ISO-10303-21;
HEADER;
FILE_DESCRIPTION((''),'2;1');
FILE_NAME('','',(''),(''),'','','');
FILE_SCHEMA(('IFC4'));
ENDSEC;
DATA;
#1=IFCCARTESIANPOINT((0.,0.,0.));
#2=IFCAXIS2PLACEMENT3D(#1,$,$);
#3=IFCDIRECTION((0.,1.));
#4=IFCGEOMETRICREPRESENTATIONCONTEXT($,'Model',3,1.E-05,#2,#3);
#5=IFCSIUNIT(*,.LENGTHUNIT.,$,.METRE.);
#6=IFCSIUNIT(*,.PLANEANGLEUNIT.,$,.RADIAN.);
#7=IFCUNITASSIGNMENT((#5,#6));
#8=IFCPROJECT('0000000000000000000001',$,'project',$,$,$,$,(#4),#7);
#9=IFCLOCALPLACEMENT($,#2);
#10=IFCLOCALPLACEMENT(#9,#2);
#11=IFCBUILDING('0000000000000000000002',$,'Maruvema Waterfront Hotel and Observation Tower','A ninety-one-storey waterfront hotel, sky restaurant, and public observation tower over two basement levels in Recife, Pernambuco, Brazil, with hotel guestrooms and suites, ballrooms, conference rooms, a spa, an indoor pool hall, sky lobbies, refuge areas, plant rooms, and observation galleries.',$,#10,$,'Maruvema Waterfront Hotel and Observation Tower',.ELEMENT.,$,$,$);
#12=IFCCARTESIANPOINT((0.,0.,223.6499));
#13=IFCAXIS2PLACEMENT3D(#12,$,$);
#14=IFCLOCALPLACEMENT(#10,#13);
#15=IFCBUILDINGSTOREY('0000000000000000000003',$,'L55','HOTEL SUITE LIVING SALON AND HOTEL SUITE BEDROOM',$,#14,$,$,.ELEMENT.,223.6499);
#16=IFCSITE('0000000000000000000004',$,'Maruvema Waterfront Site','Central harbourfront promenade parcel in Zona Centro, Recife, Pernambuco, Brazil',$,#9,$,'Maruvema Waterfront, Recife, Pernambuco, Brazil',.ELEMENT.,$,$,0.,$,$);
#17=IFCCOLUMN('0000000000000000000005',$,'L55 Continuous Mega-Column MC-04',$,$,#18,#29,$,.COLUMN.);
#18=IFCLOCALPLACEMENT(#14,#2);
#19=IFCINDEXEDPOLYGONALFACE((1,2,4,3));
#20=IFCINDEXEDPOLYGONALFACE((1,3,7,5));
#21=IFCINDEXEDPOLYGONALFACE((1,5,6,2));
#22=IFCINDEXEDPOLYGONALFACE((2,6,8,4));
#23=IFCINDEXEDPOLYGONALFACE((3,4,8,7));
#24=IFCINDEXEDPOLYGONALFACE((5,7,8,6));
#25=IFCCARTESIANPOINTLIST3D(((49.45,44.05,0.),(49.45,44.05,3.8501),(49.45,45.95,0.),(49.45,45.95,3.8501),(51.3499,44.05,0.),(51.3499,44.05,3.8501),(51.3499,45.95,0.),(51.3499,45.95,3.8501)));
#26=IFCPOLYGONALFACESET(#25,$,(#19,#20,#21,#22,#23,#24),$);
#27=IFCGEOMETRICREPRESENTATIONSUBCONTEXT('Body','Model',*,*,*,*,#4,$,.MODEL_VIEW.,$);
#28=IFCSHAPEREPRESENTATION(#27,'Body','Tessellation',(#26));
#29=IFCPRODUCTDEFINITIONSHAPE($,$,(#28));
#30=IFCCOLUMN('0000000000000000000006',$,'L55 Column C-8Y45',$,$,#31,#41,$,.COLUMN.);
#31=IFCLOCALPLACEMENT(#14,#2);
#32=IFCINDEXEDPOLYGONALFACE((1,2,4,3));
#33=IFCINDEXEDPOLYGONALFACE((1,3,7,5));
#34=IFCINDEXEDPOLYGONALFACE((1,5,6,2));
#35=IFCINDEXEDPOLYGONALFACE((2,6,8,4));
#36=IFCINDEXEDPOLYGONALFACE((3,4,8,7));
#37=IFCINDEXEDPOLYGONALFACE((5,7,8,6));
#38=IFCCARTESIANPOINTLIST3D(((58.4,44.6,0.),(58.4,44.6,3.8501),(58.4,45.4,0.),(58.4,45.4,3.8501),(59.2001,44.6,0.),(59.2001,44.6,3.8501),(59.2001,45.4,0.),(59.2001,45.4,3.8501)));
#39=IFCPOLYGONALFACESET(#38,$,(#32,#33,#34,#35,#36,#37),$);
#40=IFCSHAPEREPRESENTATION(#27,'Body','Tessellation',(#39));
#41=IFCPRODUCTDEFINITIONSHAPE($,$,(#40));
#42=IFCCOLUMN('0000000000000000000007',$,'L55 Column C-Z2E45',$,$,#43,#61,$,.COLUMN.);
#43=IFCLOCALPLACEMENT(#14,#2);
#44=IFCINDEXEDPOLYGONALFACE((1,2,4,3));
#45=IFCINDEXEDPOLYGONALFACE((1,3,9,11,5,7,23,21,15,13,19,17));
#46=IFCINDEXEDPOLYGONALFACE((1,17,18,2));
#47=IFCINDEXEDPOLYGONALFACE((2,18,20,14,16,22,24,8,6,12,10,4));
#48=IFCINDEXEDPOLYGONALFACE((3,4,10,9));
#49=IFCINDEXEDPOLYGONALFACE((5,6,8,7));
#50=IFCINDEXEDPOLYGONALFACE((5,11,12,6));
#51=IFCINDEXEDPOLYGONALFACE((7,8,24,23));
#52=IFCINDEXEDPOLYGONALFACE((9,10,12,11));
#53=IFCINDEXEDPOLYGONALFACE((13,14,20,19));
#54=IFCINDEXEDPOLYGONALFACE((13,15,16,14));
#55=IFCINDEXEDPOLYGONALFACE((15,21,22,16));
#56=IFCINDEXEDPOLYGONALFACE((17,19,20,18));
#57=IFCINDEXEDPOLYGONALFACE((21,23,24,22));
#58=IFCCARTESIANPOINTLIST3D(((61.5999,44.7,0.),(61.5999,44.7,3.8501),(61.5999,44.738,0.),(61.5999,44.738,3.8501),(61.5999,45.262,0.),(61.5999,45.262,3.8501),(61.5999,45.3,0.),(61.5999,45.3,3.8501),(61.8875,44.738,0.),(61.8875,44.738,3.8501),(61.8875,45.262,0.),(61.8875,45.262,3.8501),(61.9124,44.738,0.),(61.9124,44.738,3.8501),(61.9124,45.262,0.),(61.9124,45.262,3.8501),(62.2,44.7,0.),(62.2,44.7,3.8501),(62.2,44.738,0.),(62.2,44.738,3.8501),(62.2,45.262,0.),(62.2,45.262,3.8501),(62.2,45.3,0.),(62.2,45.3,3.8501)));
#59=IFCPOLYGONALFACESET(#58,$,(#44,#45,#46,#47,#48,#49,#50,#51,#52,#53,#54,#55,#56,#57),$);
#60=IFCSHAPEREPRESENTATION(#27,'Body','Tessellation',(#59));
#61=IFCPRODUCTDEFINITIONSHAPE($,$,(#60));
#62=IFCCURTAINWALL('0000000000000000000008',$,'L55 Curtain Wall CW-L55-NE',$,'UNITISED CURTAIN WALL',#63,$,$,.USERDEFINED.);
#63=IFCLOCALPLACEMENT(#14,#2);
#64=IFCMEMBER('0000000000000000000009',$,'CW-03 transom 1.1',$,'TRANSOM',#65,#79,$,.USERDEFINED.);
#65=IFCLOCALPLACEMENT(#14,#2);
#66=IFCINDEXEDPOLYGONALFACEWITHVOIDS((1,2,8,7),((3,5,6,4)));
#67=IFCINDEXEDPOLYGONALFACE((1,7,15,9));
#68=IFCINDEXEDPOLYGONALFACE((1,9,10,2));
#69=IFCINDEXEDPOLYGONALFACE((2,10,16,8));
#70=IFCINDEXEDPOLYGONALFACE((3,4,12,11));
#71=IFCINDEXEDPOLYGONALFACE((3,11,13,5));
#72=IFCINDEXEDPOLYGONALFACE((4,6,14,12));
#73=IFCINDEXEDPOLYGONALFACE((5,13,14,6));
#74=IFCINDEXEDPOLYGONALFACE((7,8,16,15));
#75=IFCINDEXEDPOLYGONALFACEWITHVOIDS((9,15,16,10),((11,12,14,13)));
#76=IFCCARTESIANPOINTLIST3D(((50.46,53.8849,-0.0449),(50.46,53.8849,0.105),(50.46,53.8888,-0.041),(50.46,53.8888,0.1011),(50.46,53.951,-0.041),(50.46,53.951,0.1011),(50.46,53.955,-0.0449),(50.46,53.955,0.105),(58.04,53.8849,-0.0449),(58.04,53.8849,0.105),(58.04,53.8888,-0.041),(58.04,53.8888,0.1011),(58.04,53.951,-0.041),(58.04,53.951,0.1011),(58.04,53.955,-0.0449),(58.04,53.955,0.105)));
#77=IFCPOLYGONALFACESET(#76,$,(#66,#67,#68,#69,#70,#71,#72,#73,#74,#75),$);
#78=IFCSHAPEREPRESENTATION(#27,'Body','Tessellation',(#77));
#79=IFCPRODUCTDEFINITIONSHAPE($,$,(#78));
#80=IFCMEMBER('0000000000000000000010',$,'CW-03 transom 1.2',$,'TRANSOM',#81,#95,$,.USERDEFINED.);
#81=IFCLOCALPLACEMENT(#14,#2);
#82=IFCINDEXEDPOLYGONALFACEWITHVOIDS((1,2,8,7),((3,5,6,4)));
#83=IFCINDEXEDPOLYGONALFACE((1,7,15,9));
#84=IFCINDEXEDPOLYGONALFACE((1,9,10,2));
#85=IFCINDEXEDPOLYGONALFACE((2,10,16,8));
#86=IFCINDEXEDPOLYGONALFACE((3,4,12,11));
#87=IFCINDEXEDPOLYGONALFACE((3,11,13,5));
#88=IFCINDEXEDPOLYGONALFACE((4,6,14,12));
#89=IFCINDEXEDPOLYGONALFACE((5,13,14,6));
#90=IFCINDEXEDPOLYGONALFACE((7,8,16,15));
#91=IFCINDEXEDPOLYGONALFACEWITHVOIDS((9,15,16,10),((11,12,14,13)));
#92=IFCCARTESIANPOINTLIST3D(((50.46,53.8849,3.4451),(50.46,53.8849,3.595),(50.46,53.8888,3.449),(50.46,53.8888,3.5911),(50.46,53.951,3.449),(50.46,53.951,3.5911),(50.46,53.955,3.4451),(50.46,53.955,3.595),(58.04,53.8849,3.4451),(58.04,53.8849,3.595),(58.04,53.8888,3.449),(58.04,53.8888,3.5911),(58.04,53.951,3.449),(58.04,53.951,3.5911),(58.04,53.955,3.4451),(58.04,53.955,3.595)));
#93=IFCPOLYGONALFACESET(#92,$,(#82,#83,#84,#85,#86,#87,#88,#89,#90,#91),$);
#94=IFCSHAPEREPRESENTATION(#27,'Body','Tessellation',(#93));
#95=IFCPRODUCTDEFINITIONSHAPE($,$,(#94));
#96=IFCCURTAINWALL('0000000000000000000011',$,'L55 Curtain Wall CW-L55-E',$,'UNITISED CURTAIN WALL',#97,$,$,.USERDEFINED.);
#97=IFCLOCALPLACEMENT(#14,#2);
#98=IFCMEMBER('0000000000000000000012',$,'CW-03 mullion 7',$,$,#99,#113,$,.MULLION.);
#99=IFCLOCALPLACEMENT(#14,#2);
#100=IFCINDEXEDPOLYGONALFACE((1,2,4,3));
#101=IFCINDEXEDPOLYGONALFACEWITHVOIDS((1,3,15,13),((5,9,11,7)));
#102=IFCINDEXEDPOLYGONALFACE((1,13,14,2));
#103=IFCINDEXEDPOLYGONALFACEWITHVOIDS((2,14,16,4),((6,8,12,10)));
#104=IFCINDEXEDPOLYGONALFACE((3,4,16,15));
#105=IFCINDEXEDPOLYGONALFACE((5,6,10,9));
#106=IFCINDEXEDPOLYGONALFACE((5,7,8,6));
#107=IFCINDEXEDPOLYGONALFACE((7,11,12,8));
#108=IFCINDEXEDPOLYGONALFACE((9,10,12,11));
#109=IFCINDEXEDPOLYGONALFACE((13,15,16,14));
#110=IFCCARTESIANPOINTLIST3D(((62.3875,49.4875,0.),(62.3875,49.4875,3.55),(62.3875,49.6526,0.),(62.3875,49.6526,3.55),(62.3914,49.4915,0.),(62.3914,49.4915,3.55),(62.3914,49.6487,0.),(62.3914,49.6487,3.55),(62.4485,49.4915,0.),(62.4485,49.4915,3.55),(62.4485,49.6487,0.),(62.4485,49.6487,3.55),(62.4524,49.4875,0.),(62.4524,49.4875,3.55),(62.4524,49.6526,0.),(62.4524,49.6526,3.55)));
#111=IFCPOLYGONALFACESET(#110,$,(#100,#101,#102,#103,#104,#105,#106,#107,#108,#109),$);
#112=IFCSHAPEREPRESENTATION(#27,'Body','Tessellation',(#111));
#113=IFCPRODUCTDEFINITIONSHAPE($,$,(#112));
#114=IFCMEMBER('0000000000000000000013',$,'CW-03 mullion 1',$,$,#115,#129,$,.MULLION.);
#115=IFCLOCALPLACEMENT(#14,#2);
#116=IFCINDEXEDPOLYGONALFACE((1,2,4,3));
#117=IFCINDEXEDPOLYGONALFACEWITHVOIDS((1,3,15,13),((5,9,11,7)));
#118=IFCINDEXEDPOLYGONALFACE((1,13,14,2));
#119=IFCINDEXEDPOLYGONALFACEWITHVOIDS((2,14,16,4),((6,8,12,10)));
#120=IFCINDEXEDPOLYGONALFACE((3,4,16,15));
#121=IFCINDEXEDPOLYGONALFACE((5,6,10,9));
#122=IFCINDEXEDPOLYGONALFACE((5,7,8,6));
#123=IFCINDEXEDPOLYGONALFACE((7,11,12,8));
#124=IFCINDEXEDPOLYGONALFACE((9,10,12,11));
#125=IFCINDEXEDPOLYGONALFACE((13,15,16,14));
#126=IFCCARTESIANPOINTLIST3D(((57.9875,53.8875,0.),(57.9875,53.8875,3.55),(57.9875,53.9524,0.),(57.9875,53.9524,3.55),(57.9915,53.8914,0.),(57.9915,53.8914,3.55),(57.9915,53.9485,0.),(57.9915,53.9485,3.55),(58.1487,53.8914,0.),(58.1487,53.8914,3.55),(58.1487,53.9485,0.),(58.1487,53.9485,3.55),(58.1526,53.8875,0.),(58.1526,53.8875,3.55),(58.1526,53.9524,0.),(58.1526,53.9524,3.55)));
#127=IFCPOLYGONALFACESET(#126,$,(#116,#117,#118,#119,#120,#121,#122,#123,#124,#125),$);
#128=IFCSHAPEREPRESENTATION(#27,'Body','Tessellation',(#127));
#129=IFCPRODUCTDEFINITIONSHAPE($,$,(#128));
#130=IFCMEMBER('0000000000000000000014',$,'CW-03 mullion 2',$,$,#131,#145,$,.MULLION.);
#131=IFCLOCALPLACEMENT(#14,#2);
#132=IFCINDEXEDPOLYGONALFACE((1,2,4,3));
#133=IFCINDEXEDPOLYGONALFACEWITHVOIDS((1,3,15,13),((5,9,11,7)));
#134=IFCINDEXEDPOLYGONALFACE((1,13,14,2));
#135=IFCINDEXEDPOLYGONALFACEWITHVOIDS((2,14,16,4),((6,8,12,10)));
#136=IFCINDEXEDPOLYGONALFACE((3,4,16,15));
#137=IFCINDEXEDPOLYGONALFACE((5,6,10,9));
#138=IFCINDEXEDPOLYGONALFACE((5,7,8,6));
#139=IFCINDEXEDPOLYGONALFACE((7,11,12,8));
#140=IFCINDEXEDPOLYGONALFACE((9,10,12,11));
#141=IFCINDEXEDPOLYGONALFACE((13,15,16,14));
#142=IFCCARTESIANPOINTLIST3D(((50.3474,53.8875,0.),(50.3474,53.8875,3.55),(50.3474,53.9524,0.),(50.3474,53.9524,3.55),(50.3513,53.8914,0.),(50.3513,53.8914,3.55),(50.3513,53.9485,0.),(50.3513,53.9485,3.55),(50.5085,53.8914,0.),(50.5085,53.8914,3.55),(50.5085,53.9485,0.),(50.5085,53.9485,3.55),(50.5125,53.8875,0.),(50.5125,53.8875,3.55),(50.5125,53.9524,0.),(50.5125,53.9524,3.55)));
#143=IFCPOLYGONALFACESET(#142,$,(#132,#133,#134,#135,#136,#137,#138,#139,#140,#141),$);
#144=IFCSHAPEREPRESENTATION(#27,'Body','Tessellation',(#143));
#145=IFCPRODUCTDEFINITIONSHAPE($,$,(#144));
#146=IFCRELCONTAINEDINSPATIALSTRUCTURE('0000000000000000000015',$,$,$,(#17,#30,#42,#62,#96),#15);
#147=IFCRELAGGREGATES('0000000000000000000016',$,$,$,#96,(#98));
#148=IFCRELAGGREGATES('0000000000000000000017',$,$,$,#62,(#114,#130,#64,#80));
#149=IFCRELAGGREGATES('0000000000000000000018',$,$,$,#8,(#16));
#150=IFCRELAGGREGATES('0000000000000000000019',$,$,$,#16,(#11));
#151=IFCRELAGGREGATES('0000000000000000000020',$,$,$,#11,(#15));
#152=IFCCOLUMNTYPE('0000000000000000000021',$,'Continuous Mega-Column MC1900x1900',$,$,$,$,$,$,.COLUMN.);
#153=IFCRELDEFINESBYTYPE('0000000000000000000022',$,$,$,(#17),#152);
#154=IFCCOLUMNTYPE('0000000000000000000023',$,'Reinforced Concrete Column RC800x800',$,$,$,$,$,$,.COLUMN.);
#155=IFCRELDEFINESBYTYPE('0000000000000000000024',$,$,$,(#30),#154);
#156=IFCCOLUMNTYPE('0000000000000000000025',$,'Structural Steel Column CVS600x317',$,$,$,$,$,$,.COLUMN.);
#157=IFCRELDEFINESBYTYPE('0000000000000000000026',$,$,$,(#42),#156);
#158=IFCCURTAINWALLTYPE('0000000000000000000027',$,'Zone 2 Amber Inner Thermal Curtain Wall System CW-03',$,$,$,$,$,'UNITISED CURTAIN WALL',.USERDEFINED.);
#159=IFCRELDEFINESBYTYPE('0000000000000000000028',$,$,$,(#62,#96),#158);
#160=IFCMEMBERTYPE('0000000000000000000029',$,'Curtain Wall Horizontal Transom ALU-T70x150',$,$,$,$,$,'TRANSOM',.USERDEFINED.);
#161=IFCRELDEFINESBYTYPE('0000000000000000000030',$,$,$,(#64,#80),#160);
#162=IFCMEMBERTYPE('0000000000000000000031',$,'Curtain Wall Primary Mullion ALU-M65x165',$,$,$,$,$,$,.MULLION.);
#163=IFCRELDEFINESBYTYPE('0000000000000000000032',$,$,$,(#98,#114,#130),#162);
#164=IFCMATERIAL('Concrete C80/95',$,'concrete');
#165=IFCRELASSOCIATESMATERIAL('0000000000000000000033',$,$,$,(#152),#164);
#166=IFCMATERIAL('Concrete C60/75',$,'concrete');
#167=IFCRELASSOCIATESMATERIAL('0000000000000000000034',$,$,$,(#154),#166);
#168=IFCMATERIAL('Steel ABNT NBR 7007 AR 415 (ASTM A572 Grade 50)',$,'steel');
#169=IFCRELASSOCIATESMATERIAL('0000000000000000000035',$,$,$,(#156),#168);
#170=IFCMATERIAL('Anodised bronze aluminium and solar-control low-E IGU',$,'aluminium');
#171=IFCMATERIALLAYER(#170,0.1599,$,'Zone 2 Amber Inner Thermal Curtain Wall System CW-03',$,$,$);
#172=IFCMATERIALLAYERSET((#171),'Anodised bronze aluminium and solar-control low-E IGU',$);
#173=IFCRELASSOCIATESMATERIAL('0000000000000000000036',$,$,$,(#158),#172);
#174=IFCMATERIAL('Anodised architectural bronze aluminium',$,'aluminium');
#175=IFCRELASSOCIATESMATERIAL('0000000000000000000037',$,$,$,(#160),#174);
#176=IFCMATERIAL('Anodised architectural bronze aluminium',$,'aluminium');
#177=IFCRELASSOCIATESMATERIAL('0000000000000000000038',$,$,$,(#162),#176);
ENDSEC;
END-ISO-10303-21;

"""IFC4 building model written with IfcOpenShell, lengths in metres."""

from ifc_helpers import new_model, si_unit, direction, frame, origin, origin_2d, place, context, subcontext, project, spatial, rectangle, hollow_rectangle, i_section, extrude, material, layer, layer_set, material_profile, profile_set, type_object, element, aggregate, save


model = new_model("IFC4")

# Units and contexts
model_context = context("Model", 3, precision=1e-05, world=origin(), true_north=direction((0.0, 1.0)))
body_context = subcontext(model_context, "Body", "Model", "MODEL_VIEW")
ifc_project = project(units=[si_unit("LENGTHUNIT", "METRE"), si_unit("PLANEANGLEUNIT", "RADIAN")], contexts=[model_context])

# Site, building, storey
site_placement = place(None, origin())
site = spatial("IfcSite", under=ifc_project, at=site_placement, Name="Maruvema Waterfront Site", Description="Central harbourfront promenade parcel in Zona Centro, Recife, Pernambuco, Brazil", LongName="Maruvema Waterfront, Recife, Pernambuco, Brazil", CompositionType="ELEMENT", RefElevation=0.0)
building_placement = place(site_placement, origin())
building = spatial("IfcBuilding", under=site, at=building_placement, Name="Maruvema Waterfront Hotel and Observation Tower", Description="A ninety-one-storey waterfront hotel, sky restaurant, and public observation tower over two basement levels in Recife, Pernambuco, Brazil, with hotel guestrooms and suites, ballrooms, conference rooms, a spa, an indoor pool hall, sky lobbies, refuge areas, plant rooms, and observation galleries.", LongName="Maruvema Waterfront Hotel and Observation Tower", CompositionType="ELEMENT")
storey_placement = place(building_placement, frame((0.0, 0.0, 223.6499)))
storey = spatial("IfcBuildingStorey", under=building, at=storey_placement, Name="L55", Description="HOTEL SUITE LIVING SALON AND HOTEL SUITE BEDROOM", CompositionType="ELEMENT", Elevation=223.6499)

# Columns
ifc_material_1 = material(Name="Concrete C80/95", Category="concrete")
ifc_material_profile_1 = material_profile(ifc_material_1, rectangle(XDim=1.8999, YDim=1.8999, at=origin_2d()), Name="MC1900x1900")
ifc_profile_set_1 = profile_set([ifc_material_profile_1], Name="Concrete C80/95")
column_type_1 = type_object("IfcColumnType", Name="Continuous Mega-Column MC1900x1900", PredefinedType="COLUMN", material=ifc_profile_set_1)
column_1_placement = place(storey_placement, frame((50.3999, 45.0, 0.0), z_axis=(0.0, 0.0, 1.0), x_axis=(1.0, 0.0, 0.0)))
element("IfcColumn", 1, at=column_1_placement, inside=storey, type_object=column_type_1, Name="L55 Continuous Mega-Column MC-04", PredefinedType="COLUMN", context=body_context, shape_type="SweptSolid", body=[
    extrude(rectangle(XDim=1.8999, YDim=1.8999, at=origin_2d()), origin(), (0.0, 0.0, 1.0), 3.8501),
])
ifc_material_2 = material(Name="Concrete C60/75", Category="concrete")
ifc_material_profile_2 = material_profile(ifc_material_2, rectangle(XDim=0.8, YDim=0.8, at=origin_2d()), Name="RC800x800")
ifc_profile_set_2 = profile_set([ifc_material_profile_2], Name="Concrete C60/75")
column_type_2 = type_object("IfcColumnType", Name="Reinforced Concrete Column RC800x800", PredefinedType="COLUMN", material=ifc_profile_set_2)
column_2_placement = place(storey_placement, frame((58.8, 45.0, 0.0), z_axis=(0.0, 0.0, 1.0), x_axis=(1.0, 0.0, 0.0)))
element("IfcColumn", 2, at=column_2_placement, inside=storey, type_object=column_type_2, Name="L55 Column C-8Y45", PredefinedType="COLUMN", context=body_context, shape_type="SweptSolid", body=[
    extrude(rectangle(XDim=0.8, YDim=0.8, at=origin_2d()), origin(), (0.0, 0.0, 1.0), 3.8501),
])
ifc_material_3 = material(Name="Steel ABNT NBR 7007 AR 415 (ASTM A572 Grade 50)", Category="steel")
ifc_material_profile_3 = material_profile(ifc_material_3, i_section(OverallWidth=0.6001, OverallDepth=0.6001, WebThickness=0.0249, FlangeThickness=0.0381, at=origin_2d()), Name="CVS600x317")
ifc_profile_set_3 = profile_set([ifc_material_profile_3], Name="Steel ABNT NBR 7007 AR 415 (ASTM A572 Grade 50)")
column_type_3 = type_object("IfcColumnType", Name="Structural Steel Column CVS600x317", PredefinedType="COLUMN", material=ifc_profile_set_3)
column_3_placement = place(storey_placement, frame((61.8999, 45.0, 0.0), z_axis=(0.0, 0.0, 1.0), x_axis=(1.0, 0.0, 0.0)))
element("IfcColumn", 3, at=column_3_placement, inside=storey, type_object=column_type_3, Name="L55 Column C-Z2E45", PredefinedType="COLUMN", context=body_context, shape_type="SweptSolid", body=[
    extrude(i_section(OverallWidth=0.6001, OverallDepth=0.6001, WebThickness=0.0249, FlangeThickness=0.0381, at=origin_2d()), origin(), (0.0, 0.0, 1.0), 3.8501),
])

# Curtain wall, members
ifc_material_4 = material(Name="Anodised bronze aluminium and solar-control low-E IGU", Category="aluminium")
ifc_layer_1 = layer(ifc_material_4, 0.1599, Name="Zone 2 Amber Inner Thermal Curtain Wall System CW-03")
ifc_layer_set_1 = layer_set([ifc_layer_1], Name="Anodised bronze aluminium and solar-control low-E IGU")
curtain_wall_type = type_object("IfcCurtainWallType", Name="Zone 2 Amber Inner Thermal Curtain Wall System CW-03", ElementType="UNITISED CURTAIN WALL", PredefinedType="USERDEFINED", material=ifc_layer_set_1)
curtain_wall_1_placement = place(storey_placement, origin())
curtain_wall_1 = element("IfcCurtainWall", 4, at=curtain_wall_1_placement, inside=storey, type_object=curtain_wall_type, Name="L55 Curtain Wall CW-L55-NE", ObjectType="UNITISED CURTAIN WALL", PredefinedType="USERDEFINED")
ifc_material_5 = material(Name="Anodised architectural bronze aluminium", Category="aluminium")
ifc_material_profile_4 = material_profile(ifc_material_5, hollow_rectangle(XDim=0.0701, YDim=0.1499, WallThickness=0.0039, at=origin_2d()), Name="ALU-T70x150")
ifc_profile_set_4 = profile_set([ifc_material_profile_4], Name="Anodised architectural bronze aluminium")
member_type_1 = type_object("IfcMemberType", Name="Curtain Wall Horizontal Transom ALU-T70x150", ElementType="TRANSOM", PredefinedType="USERDEFINED", material=ifc_profile_set_4)
member_1_placement = place(storey_placement, frame((58.04, 53.9199, 0.03), z_axis=(-1.0, 0.0, 0.0), x_axis=(0.0, -1.0, 0.0)))
member_1 = element("IfcMember", 5, at=member_1_placement, type_object=member_type_1, Name="CW-03 transom 1.1", ObjectType="TRANSOM", PredefinedType="USERDEFINED", context=body_context, shape_type="SweptSolid", body=[
    extrude(hollow_rectangle(XDim=0.0701, YDim=0.1499, WallThickness=0.0039, at=origin_2d()), origin(), (0.0, 0.0, 1.0), 7.5801),
])
member_2_placement = place(storey_placement, frame((58.04, 53.9199, 3.52), z_axis=(-1.0, 0.0, 0.0), x_axis=(0.0, -1.0, 0.0)))
member_2 = element("IfcMember", 6, at=member_2_placement, type_object=member_type_1, Name="CW-03 transom 1.2", ObjectType="TRANSOM", PredefinedType="USERDEFINED", context=body_context, shape_type="SweptSolid", body=[
    extrude(hollow_rectangle(XDim=0.0701, YDim=0.1499, WallThickness=0.0039, at=origin_2d()), origin(), (0.0, 0.0, 1.0), 7.5801),
])

# Curtain wall, member
curtain_wall_2_placement = place(storey_placement, origin())
curtain_wall_2 = element("IfcCurtainWall", 7, at=curtain_wall_2_placement, inside=storey, type_object=curtain_wall_type, Name="L55 Curtain Wall CW-L55-E", ObjectType="UNITISED CURTAIN WALL", PredefinedType="USERDEFINED")
ifc_material_6 = material(Name="Anodised architectural bronze aluminium", Category="aluminium")
ifc_material_profile_5 = material_profile(ifc_material_6, hollow_rectangle(XDim=0.0649, YDim=0.165, WallThickness=0.0039, at=origin_2d()), Name="ALU-M65x165")
ifc_profile_set_5 = profile_set([ifc_material_profile_5], Name="Anodised architectural bronze aluminium")
member_type_2 = type_object("IfcMemberType", Name="Curtain Wall Primary Mullion ALU-M65x165", PredefinedType="MULLION", material=ifc_profile_set_5)
member_3_placement = place(storey_placement, frame((62.4199, 49.5701, 0.0), z_axis=(0.0, 0.0, 1.0), x_axis=(-1.0, 0.0, 0.0)))
member_3 = element("IfcMember", 8, at=member_3_placement, type_object=member_type_2, Name="CW-03 mullion 7", PredefinedType="MULLION", context=body_context, shape_type="SweptSolid", body=[
    extrude(hollow_rectangle(XDim=0.0649, YDim=0.165, WallThickness=0.0039, at=origin_2d()), origin(), (0.0, 0.0, 1.0), 3.55),
])

# Members
member_4_placement = place(storey_placement, frame((58.0701, 53.9199, 0.0), z_axis=(0.0, 0.0, 1.0), x_axis=(0.0, -1.0, 0.0)))
member_4 = element("IfcMember", 9, at=member_4_placement, type_object=member_type_2, Name="CW-03 mullion 1", PredefinedType="MULLION", context=body_context, shape_type="SweptSolid", body=[
    extrude(hollow_rectangle(XDim=0.0649, YDim=0.165, WallThickness=0.0039, at=origin_2d()), origin(), (0.0, 0.0, 1.0), 3.55),
])
member_5_placement = place(storey_placement, frame((50.4299, 53.9199, 0.0), z_axis=(0.0, 0.0, 1.0), x_axis=(0.0, -1.0, 0.0)))
member_5 = element("IfcMember", 10, at=member_5_placement, type_object=member_type_2, Name="CW-03 mullion 2", PredefinedType="MULLION", context=body_context, shape_type="SweptSolid", body=[
    extrude(hollow_rectangle(XDim=0.0649, YDim=0.165, WallThickness=0.0039, at=origin_2d()), origin(), (0.0, 0.0, 1.0), 3.55),
])

aggregate(curtain_wall_2, [member_3])
aggregate(curtain_wall_1, [member_4, member_5, member_1, member_2])

save(model, "model.ifc")
